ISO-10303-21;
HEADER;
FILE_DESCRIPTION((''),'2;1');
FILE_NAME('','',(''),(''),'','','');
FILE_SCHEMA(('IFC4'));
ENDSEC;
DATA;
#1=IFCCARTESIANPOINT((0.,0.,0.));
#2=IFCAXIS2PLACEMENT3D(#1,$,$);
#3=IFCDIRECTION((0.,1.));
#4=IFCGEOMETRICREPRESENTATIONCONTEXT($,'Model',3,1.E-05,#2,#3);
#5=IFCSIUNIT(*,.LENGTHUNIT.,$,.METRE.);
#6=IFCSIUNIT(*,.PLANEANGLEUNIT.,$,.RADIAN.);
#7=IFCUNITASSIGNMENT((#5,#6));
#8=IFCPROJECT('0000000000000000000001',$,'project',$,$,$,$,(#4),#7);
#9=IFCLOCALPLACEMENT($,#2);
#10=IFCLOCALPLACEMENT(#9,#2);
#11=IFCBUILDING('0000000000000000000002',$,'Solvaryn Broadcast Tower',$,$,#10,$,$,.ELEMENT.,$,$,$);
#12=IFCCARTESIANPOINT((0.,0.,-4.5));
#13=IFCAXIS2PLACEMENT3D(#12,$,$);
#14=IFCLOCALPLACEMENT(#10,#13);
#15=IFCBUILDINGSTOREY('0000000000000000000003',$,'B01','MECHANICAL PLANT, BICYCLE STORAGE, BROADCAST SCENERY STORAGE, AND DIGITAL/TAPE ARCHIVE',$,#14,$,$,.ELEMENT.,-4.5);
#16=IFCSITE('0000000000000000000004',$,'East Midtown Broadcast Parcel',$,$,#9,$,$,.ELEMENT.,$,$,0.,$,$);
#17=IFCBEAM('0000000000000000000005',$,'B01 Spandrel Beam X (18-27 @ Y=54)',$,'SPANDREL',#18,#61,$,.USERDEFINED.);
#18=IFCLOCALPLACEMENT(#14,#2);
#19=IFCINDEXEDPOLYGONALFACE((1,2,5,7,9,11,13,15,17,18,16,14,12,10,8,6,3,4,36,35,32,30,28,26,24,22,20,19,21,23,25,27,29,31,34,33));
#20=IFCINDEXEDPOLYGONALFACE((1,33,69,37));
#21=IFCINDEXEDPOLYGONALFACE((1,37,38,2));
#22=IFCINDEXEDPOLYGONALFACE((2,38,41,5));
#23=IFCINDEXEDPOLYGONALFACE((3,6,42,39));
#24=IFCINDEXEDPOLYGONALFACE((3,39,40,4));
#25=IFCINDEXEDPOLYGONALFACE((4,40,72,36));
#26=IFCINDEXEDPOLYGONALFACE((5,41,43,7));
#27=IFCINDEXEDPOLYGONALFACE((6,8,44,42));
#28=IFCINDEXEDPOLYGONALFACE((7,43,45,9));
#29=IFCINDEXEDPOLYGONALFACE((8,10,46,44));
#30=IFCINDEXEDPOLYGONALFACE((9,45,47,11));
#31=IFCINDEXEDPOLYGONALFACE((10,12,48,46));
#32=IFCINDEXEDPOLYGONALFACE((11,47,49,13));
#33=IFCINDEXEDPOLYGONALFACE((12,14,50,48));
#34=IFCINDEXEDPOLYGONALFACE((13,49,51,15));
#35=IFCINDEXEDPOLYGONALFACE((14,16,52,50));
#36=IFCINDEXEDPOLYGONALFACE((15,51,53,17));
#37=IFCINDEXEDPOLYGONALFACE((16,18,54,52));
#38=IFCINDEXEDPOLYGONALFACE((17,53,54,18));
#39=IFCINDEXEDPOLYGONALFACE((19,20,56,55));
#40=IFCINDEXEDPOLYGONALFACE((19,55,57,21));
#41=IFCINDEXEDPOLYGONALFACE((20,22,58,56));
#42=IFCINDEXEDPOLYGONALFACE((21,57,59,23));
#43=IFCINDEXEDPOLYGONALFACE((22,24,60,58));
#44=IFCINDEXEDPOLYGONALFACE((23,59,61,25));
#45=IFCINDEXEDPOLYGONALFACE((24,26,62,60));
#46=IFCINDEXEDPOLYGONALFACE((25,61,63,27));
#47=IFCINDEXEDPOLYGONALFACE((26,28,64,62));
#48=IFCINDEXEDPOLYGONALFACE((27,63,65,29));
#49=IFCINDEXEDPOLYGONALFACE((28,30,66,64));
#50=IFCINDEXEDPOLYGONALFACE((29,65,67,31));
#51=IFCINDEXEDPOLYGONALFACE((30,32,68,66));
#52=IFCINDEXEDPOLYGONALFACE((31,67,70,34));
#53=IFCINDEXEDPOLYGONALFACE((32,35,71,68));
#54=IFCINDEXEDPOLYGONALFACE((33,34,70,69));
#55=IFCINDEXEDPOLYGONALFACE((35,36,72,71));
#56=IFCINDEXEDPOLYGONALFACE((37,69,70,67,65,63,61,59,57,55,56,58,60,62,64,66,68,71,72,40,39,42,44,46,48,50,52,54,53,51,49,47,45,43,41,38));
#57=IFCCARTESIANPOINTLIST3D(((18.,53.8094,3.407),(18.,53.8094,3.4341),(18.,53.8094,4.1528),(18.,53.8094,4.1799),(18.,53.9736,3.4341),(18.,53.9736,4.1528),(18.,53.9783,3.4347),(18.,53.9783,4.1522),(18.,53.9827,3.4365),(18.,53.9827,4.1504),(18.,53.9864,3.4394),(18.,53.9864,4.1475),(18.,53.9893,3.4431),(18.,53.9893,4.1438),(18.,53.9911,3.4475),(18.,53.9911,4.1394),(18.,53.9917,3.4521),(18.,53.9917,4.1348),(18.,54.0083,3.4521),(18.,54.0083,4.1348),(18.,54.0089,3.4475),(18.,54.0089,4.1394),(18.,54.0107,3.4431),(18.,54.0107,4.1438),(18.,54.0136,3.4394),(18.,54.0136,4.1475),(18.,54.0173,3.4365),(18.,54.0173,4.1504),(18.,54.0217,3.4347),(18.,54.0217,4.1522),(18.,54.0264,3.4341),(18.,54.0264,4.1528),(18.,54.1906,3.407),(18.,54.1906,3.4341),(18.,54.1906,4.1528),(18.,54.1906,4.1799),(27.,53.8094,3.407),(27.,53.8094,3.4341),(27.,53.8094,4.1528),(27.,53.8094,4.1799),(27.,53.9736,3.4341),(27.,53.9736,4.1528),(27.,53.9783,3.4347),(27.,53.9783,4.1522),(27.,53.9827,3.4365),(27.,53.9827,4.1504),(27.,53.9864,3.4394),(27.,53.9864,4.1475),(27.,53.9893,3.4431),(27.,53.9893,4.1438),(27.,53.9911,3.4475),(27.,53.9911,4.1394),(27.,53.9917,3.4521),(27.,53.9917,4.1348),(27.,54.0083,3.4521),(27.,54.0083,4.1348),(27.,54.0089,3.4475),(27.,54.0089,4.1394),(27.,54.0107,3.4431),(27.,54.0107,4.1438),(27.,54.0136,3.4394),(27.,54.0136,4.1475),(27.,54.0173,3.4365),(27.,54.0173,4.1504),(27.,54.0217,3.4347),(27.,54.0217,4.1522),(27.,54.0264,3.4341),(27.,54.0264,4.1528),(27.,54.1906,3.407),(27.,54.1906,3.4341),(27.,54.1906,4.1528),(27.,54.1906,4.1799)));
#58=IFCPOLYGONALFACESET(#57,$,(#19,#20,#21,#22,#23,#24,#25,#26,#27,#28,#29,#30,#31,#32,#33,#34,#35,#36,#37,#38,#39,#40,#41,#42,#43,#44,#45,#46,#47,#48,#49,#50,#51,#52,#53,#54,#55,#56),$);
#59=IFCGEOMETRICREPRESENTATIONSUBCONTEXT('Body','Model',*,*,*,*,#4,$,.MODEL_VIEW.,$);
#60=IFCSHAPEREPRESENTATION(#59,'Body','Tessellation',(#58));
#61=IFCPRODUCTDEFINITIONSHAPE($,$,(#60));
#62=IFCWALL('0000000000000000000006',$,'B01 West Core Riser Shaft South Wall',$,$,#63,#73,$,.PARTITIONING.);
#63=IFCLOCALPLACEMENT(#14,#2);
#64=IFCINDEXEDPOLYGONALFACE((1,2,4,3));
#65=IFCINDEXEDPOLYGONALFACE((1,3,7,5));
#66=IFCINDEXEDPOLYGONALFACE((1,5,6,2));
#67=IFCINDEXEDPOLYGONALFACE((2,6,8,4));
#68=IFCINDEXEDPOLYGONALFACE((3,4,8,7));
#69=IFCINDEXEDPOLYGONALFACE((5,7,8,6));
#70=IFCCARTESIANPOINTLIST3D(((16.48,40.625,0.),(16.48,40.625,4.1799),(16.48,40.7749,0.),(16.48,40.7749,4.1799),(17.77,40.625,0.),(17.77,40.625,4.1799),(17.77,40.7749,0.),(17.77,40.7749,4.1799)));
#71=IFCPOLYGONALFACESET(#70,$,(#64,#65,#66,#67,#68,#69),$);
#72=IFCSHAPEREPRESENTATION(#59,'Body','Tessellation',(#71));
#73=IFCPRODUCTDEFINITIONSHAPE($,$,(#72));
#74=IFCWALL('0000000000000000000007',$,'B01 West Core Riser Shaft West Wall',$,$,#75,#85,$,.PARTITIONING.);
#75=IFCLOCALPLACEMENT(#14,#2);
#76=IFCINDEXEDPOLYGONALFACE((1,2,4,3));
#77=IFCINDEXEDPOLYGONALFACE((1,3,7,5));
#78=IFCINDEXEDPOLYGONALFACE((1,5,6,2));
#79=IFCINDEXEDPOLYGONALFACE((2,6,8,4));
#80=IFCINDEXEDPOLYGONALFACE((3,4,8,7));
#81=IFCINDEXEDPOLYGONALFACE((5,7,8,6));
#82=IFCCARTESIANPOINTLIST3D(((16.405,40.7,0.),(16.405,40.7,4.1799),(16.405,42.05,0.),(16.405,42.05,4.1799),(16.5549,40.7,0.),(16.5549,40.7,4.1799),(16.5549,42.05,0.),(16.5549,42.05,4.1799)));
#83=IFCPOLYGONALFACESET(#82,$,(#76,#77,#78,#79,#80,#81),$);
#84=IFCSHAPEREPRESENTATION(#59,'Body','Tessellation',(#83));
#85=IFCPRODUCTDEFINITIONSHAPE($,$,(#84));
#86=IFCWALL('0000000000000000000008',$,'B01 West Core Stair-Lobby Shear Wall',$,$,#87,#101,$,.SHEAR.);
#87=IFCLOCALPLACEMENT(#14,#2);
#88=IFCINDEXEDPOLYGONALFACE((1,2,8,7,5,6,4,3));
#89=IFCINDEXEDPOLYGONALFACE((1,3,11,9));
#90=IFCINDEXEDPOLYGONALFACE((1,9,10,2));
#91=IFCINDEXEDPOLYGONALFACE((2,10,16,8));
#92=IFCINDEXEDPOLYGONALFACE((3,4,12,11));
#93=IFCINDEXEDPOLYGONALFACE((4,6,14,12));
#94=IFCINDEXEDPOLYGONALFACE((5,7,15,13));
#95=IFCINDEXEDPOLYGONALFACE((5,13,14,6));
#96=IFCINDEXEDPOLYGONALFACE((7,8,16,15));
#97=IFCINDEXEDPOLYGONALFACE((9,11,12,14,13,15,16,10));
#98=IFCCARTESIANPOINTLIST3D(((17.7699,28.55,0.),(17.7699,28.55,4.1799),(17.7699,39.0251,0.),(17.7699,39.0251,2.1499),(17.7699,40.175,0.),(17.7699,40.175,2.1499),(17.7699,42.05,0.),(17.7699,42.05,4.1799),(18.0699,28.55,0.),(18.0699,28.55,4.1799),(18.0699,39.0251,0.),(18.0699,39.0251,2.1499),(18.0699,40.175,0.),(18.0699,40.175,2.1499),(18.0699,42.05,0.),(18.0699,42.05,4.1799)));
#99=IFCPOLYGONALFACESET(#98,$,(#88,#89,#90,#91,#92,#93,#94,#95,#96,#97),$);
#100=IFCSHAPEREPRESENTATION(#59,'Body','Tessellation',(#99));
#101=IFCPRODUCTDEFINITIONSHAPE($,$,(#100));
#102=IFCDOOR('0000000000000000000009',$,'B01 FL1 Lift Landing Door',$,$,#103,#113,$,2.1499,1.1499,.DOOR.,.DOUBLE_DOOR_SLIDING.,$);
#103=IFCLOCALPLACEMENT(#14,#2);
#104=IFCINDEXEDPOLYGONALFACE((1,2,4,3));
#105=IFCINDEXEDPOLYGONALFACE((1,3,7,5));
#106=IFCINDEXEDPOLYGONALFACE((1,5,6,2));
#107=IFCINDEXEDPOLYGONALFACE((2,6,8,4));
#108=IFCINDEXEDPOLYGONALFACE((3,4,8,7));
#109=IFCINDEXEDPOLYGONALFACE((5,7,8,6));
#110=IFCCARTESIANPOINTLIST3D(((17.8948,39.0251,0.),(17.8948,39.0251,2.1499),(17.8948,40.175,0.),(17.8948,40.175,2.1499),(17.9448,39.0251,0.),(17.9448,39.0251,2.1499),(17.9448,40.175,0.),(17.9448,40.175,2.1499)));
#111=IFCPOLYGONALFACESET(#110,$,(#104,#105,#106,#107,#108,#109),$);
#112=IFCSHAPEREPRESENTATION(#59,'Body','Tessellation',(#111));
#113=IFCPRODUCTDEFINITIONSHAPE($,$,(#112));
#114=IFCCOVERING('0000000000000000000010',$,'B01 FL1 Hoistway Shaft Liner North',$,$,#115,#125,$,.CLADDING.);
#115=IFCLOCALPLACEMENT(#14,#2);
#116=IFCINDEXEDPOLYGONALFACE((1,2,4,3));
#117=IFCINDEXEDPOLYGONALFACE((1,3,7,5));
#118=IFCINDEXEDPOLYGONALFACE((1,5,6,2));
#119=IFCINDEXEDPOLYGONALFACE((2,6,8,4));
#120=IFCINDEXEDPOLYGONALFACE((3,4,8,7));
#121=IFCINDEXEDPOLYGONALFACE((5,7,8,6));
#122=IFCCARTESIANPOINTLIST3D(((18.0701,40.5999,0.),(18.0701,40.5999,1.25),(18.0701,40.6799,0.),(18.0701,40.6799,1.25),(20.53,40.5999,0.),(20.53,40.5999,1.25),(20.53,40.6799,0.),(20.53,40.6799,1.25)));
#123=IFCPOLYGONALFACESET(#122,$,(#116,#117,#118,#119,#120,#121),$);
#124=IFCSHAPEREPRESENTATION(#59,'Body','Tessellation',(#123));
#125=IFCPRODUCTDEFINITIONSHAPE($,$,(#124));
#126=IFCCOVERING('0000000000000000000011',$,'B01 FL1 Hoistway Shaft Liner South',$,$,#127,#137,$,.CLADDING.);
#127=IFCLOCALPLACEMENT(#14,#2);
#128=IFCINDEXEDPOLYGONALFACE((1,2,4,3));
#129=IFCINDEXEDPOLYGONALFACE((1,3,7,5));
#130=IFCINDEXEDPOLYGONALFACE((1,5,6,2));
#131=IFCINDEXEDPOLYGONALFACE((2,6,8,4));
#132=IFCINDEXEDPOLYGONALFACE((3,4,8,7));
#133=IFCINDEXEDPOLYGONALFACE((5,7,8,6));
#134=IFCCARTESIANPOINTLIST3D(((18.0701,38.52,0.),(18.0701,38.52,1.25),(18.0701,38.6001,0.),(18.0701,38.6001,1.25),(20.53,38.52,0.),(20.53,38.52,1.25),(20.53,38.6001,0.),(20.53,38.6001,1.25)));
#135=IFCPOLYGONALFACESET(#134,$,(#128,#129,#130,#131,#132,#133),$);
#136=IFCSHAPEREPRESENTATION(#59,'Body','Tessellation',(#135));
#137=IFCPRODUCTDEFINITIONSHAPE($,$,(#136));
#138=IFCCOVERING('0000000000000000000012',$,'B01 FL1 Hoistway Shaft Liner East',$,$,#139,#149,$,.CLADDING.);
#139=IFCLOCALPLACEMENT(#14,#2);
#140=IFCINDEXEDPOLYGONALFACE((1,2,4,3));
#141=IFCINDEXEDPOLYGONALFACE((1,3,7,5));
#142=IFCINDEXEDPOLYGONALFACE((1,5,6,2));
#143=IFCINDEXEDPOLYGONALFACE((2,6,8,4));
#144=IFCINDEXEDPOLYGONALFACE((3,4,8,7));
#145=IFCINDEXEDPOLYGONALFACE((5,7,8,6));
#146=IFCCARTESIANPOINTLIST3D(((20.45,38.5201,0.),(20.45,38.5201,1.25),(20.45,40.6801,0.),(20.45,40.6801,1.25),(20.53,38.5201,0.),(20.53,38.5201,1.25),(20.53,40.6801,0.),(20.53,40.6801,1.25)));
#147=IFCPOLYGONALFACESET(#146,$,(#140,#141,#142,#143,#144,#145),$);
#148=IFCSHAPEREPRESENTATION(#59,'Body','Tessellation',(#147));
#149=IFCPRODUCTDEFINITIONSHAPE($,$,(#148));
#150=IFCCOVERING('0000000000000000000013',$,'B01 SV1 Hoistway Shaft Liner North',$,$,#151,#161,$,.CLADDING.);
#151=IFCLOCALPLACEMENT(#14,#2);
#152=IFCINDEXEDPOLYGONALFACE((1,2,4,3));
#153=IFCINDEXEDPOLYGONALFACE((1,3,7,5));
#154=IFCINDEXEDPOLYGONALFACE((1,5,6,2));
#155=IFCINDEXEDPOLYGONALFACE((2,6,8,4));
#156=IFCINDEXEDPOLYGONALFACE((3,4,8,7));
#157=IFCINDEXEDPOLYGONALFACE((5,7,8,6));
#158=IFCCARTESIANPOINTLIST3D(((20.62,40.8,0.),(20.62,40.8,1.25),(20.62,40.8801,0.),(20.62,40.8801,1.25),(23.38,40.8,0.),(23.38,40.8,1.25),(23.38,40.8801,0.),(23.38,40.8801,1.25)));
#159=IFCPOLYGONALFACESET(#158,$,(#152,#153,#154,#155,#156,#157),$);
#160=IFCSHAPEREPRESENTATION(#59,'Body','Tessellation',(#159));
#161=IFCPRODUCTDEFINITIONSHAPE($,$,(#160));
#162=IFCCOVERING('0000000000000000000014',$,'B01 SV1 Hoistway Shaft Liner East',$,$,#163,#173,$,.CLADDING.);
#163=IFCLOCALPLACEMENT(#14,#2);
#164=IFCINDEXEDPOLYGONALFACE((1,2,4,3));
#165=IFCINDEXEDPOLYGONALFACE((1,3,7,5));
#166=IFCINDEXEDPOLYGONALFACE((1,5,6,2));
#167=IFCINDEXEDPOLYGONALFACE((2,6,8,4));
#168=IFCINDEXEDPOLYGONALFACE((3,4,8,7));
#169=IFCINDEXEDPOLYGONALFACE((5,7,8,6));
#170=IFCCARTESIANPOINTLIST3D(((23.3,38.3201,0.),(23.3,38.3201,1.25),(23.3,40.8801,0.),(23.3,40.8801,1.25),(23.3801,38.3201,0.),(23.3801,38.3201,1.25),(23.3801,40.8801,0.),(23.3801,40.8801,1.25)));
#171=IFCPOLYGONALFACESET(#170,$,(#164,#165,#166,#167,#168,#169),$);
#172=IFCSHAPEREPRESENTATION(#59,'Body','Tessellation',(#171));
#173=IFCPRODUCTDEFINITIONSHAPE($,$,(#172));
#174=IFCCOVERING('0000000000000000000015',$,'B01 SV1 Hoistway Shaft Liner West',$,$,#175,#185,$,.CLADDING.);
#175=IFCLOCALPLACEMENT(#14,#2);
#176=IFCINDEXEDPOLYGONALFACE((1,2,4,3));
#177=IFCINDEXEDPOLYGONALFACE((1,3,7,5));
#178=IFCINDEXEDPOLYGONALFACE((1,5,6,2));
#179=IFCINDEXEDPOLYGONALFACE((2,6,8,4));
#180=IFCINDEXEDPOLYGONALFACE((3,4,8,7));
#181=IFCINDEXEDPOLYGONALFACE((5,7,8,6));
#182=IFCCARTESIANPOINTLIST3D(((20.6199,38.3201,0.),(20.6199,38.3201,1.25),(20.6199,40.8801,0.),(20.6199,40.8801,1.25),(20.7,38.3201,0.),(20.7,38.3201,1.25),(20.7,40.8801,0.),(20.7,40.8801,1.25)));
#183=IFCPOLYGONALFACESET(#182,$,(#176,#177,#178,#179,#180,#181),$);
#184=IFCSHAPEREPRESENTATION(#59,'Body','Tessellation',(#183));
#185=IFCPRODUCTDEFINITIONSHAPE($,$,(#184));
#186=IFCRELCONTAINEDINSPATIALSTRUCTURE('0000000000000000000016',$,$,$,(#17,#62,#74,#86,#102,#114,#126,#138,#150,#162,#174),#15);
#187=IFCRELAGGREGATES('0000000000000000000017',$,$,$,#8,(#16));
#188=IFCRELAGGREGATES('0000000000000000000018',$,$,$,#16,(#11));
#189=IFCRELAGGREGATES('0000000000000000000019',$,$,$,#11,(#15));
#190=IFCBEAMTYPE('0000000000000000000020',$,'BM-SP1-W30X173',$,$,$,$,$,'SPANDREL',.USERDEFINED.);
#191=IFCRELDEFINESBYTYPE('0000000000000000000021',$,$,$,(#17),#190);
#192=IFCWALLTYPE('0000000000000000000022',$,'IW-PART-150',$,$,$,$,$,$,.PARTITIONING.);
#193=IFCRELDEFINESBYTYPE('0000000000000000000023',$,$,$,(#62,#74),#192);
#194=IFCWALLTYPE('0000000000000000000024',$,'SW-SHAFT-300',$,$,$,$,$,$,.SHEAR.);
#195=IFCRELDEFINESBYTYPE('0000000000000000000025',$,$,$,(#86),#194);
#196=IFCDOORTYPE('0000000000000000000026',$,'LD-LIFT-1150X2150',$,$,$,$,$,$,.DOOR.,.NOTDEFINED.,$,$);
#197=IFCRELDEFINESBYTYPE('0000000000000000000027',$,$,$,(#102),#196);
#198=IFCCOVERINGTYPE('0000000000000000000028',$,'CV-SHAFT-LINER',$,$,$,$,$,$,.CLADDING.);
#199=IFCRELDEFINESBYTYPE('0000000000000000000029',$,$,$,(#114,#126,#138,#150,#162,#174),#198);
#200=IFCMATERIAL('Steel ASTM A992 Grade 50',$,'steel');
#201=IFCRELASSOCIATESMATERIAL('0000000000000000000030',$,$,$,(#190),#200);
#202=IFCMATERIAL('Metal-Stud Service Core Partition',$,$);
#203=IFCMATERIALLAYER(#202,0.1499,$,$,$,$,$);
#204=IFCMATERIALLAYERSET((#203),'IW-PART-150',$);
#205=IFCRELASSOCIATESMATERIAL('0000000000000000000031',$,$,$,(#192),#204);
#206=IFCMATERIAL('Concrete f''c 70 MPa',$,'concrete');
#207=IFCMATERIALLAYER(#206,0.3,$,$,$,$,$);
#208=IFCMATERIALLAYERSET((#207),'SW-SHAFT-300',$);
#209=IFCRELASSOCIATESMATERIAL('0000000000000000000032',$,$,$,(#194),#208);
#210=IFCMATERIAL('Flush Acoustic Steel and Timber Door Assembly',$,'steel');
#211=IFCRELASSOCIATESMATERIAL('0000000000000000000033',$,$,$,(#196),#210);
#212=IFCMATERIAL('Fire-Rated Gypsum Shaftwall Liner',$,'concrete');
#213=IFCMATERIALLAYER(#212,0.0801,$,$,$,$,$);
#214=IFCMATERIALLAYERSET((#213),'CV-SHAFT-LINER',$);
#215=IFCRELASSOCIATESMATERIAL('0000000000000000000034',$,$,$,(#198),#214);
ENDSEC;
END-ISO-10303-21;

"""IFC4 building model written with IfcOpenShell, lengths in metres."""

from ifc_helpers import new_model, si_unit, direction, frame, frame_2d, origin, origin_2d, place, context, subcontext, project, spatial, rectangle, i_section, extrude, material, layer, layer_set, material_profile, profile_set, type_object, element, fill, save


model = new_model("IFC4")

# Units and contexts
model_context = context("Model", 3, precision=1e-05, world=origin(), true_north=direction((0.0, 1.0)))
body_context = subcontext(model_context, "Body", "Model", "MODEL_VIEW")
ifc_project = project(units=[si_unit("LENGTHUNIT", "METRE"), si_unit("PLANEANGLEUNIT", "RADIAN")], contexts=[model_context])

# Site, building, storey
site_placement = place(None, origin())
site = spatial("IfcSite", under=ifc_project, at=site_placement, Name="East Midtown Broadcast Parcel", CompositionType="ELEMENT", RefElevation=0.0)
building_placement = place(site_placement, origin())
building = spatial("IfcBuilding", under=site, at=building_placement, Name="Solvaryn Broadcast Tower", CompositionType="ELEMENT")
storey_placement = place(building_placement, frame((0.0, 0.0, -4.5)))
storey = spatial("IfcBuildingStorey", under=building, at=storey_placement, Name="B01", Description="MECHANICAL PLANT, BICYCLE STORAGE, BROADCAST SCENERY STORAGE, AND DIGITAL/TAPE ARCHIVE", CompositionType="ELEMENT", Elevation=-4.5)

# Beam
ifc_material_1 = material(Name="Steel ASTM A992 Grade 50", Category="steel")
ifc_material_profile_1 = material_profile(ifc_material_1, i_section(OverallWidth=0.3811, OverallDepth=0.7729, WebThickness=0.0166, FlangeThickness=0.0271, FilletRadius=0.0181, at=origin_2d()))
ifc_profile_set_1 = profile_set([ifc_material_profile_1], Name="Steel ASTM A992 Grade 50")
beam_type_1 = type_object("IfcBeamType", Name="BM-SP1-W30X173", ElementType="SPANDREL", PredefinedType="USERDEFINED", material=ifc_profile_set_1)
beam_1_placement = place(storey_placement, frame((18.0, 54.0, 3.7935), z_axis=(1.0, 0.0, 0.0), x_axis=(0.0, 1.0, 0.0)))
element("IfcBeam", 1, at=beam_1_placement, inside=storey, type_object=beam_type_1, Name="B01 Spandrel Beam X (18-27 @ Y=54)", ObjectType="SPANDREL", PredefinedType="USERDEFINED", context=body_context, shape_type="SweptSolid", body=[
    extrude(i_section(OverallWidth=0.3811, OverallDepth=0.7729, WebThickness=0.0166, FlangeThickness=0.0271, FilletRadius=0.0181, at=origin_2d()), origin(), (0.0, 0.0, 1.0), 9.0),
])

# Walls
ifc_material_2 = material(Name="Metal-Stud Service Core Partition")
ifc_layer_1 = layer(ifc_material_2, 0.1499)
ifc_layer_set_1 = layer_set([ifc_layer_1], Name="IW-PART-150")
wall_type_1 = type_object("IfcWallType", Name="IW-PART-150", PredefinedType="PARTITIONING", material=ifc_layer_set_1)
wall_1_placement = place(storey_placement, frame((16.48, 40.7, 0.0), z_axis=(0.0, 0.0, 1.0), x_axis=(1.0, 0.0, 0.0)))
element("IfcWall", 2, at=wall_1_placement, inside=storey, type_object=wall_type_1, Name="B01 West Core Riser Shaft South Wall", PredefinedType="PARTITIONING", context=body_context, shape_type="SweptSolid", body=[
    extrude(rectangle(XDim=1.29, YDim=0.1499, at=frame_2d((0.645, 0.0))), origin(), (0.0, 0.0, 1.0), 4.1799),
])
wall_2_placement = place(storey_placement, frame((16.48, 40.7, 0.0), z_axis=(0.0, 0.0, 1.0), x_axis=(0.0, 1.0, 0.0)))
element("IfcWall", 3, at=wall_2_placement, inside=storey, type_object=wall_type_1, Name="B01 West Core Riser Shaft West Wall", PredefinedType="PARTITIONING", context=body_context, shape_type="SweptSolid", body=[
    extrude(rectangle(XDim=1.3501, YDim=0.1499, at=frame_2d((0.675, 0.0))), origin(), (0.0, 0.0, 1.0), 4.1799),
])

# Wall, opening, door
ifc_material_3 = material(Name="Concrete f'c 70 MPa", Category="concrete")
ifc_layer_2 = layer(ifc_material_3, 0.3)
ifc_layer_set_2 = layer_set([ifc_layer_2], Name="SW-SHAFT-300")
wall_type_2 = type_object("IfcWallType", Name="SW-SHAFT-300", PredefinedType="SHEAR", material=ifc_layer_set_2)
wall_3_placement = place(storey_placement, frame((17.9199, 42.05, 0.0), z_axis=(0.0, 0.0, 1.0), x_axis=(0.0, -1.0, 0.0)))
wall_3 = element("IfcWall", 4, at=wall_3_placement, inside=storey, type_object=wall_type_2, Name="B01 West Core Stair-Lobby Shear Wall", PredefinedType="SHEAR", context=body_context, shape_type="SweptSolid", body=[
    extrude(rectangle(XDim=13.5, YDim=0.3, at=frame_2d((6.75, 0.0))), origin(), (0.0, 0.0, 1.0), 4.1799),
])
opening_1_placement = place(wall_3_placement, frame((1.875, 0.0, 0.0)))
opening_1 = element("IfcOpeningElement", 5, at=opening_1_placement, cuts=wall_3, PredefinedType="OPENING", context=body_context, shape_type="SweptSolid", body=[
    extrude(rectangle(XDim=1.1499, YDim=2.1499, at=frame_2d((0.575, 1.075))), frame((0.0, 0.1599, 0.0), z_axis=(0.0, -1.0, 0.0), x_axis=(1.0, 0.0, 0.0)), (0.0, 0.0, 1.0), 0.3201),
])
ifc_material_4 = material(Name="Flush Acoustic Steel and Timber Door Assembly", Category="steel")
door_type_1 = type_object("IfcDoorType", Name="LD-LIFT-1150X2150", OperationType="NOTDEFINED", PredefinedType="DOOR", material=ifc_material_4)
door_1_placement = place(opening_1_placement, origin())
door_1 = element("IfcDoor", 6, at=door_1_placement, inside=storey, type_object=door_type_1, Name="B01 FL1 Lift Landing Door", OperationType="DOUBLE_DOOR_SLIDING", OverallHeight=2.1499, OverallWidth=1.1499, PredefinedType="DOOR", context=body_context, shape_type="SweptSolid", body=[
    extrude(rectangle(XDim=1.1499, YDim=2.1499, at=frame_2d((0.575, 1.075))), frame((0.0, 0.0249, 0.0), z_axis=(0.0, -1.0, 0.0), x_axis=(1.0, 0.0, 0.0)), (0.0, 0.0, 1.0), 0.05),
])
fill(opening_1, door_1)

# Coverings
ifc_material_5 = material(Name="Fire-Rated Gypsum Shaftwall Liner", Category="concrete")
ifc_layer_3 = layer(ifc_material_5, 0.0801)
ifc_layer_set_3 = layer_set([ifc_layer_3], Name="CV-SHAFT-LINER")
covering_type = type_object("IfcCoveringType", Name="CV-SHAFT-LINER", PredefinedType="CLADDING", material=ifc_layer_set_3)
for number, where, z_axis, x_axis, name in (
    (7, (19.3, 40.6399, 0.0), (0.0, 0.0, 1.0), (1.0, 0.0, 0.0), "B01 FL1 Hoistway Shaft Liner North"),
    (8, (19.3, 38.5601, 0.0), (0.0, 0.0, 1.0), (1.0, 0.0, 0.0), "B01 FL1 Hoistway Shaft Liner South"),
):
    element("IfcCovering", number, at=place(storey_placement, frame(where, z_axis=z_axis, x_axis=x_axis)), inside=storey, type_object=covering_type, Name=name, PredefinedType="CLADDING", context=body_context, shape_type="SweptSolid", body=[
        extrude(rectangle(XDim=2.46, YDim=0.0801, at=origin_2d()), origin(), (0.0, 0.0, 1.0), 1.25),
    ])
covering_1_placement = place(storey_placement, frame((20.49, 39.6001, 0.0), z_axis=(0.0, 0.0, 1.0), x_axis=(1.0, 0.0, 0.0)))
element("IfcCovering", 9, at=covering_1_placement, inside=storey, type_object=covering_type, Name="B01 FL1 Hoistway Shaft Liner East", PredefinedType="CLADDING", context=body_context, shape_type="SweptSolid", body=[
    extrude(rectangle(XDim=0.0801, YDim=2.1599, at=origin_2d()), origin(), (0.0, 0.0, 1.0), 1.25),
])
covering_2_placement = place(storey_placement, frame((22.0, 40.8401, 0.0), z_axis=(0.0, 0.0, 1.0), x_axis=(1.0, 0.0, 0.0)))
element("IfcCovering", 10, at=covering_2_placement, inside=storey, type_object=covering_type, Name="B01 SV1 Hoistway Shaft Liner North", PredefinedType="CLADDING", context=body_context, shape_type="SweptSolid", body=[
    extrude(rectangle(XDim=2.76, YDim=0.0801, at=origin_2d()), origin(), (0.0, 0.0, 1.0), 1.25),
])
for number, where, z_axis, x_axis, name in (
    (11, (23.3401, 39.6001, 0.0), (0.0, 0.0, 1.0), (1.0, 0.0, 0.0), "B01 SV1 Hoistway Shaft Liner East"),
    (12, (20.6599, 39.6001, 0.0), (0.0, 0.0, 1.0), (1.0, 0.0, 0.0), "B01 SV1 Hoistway Shaft Liner West"),
):
    element("IfcCovering", number, at=place(storey_placement, frame(where, z_axis=z_axis, x_axis=x_axis)), inside=storey, type_object=covering_type, Name=name, PredefinedType="CLADDING", context=body_context, shape_type="SweptSolid", body=[
        extrude(rectangle(XDim=0.0801, YDim=2.5601, at=origin_2d()), origin(), (0.0, 0.0, 1.0), 1.25),
    ])

save(model, "model.ifc")
